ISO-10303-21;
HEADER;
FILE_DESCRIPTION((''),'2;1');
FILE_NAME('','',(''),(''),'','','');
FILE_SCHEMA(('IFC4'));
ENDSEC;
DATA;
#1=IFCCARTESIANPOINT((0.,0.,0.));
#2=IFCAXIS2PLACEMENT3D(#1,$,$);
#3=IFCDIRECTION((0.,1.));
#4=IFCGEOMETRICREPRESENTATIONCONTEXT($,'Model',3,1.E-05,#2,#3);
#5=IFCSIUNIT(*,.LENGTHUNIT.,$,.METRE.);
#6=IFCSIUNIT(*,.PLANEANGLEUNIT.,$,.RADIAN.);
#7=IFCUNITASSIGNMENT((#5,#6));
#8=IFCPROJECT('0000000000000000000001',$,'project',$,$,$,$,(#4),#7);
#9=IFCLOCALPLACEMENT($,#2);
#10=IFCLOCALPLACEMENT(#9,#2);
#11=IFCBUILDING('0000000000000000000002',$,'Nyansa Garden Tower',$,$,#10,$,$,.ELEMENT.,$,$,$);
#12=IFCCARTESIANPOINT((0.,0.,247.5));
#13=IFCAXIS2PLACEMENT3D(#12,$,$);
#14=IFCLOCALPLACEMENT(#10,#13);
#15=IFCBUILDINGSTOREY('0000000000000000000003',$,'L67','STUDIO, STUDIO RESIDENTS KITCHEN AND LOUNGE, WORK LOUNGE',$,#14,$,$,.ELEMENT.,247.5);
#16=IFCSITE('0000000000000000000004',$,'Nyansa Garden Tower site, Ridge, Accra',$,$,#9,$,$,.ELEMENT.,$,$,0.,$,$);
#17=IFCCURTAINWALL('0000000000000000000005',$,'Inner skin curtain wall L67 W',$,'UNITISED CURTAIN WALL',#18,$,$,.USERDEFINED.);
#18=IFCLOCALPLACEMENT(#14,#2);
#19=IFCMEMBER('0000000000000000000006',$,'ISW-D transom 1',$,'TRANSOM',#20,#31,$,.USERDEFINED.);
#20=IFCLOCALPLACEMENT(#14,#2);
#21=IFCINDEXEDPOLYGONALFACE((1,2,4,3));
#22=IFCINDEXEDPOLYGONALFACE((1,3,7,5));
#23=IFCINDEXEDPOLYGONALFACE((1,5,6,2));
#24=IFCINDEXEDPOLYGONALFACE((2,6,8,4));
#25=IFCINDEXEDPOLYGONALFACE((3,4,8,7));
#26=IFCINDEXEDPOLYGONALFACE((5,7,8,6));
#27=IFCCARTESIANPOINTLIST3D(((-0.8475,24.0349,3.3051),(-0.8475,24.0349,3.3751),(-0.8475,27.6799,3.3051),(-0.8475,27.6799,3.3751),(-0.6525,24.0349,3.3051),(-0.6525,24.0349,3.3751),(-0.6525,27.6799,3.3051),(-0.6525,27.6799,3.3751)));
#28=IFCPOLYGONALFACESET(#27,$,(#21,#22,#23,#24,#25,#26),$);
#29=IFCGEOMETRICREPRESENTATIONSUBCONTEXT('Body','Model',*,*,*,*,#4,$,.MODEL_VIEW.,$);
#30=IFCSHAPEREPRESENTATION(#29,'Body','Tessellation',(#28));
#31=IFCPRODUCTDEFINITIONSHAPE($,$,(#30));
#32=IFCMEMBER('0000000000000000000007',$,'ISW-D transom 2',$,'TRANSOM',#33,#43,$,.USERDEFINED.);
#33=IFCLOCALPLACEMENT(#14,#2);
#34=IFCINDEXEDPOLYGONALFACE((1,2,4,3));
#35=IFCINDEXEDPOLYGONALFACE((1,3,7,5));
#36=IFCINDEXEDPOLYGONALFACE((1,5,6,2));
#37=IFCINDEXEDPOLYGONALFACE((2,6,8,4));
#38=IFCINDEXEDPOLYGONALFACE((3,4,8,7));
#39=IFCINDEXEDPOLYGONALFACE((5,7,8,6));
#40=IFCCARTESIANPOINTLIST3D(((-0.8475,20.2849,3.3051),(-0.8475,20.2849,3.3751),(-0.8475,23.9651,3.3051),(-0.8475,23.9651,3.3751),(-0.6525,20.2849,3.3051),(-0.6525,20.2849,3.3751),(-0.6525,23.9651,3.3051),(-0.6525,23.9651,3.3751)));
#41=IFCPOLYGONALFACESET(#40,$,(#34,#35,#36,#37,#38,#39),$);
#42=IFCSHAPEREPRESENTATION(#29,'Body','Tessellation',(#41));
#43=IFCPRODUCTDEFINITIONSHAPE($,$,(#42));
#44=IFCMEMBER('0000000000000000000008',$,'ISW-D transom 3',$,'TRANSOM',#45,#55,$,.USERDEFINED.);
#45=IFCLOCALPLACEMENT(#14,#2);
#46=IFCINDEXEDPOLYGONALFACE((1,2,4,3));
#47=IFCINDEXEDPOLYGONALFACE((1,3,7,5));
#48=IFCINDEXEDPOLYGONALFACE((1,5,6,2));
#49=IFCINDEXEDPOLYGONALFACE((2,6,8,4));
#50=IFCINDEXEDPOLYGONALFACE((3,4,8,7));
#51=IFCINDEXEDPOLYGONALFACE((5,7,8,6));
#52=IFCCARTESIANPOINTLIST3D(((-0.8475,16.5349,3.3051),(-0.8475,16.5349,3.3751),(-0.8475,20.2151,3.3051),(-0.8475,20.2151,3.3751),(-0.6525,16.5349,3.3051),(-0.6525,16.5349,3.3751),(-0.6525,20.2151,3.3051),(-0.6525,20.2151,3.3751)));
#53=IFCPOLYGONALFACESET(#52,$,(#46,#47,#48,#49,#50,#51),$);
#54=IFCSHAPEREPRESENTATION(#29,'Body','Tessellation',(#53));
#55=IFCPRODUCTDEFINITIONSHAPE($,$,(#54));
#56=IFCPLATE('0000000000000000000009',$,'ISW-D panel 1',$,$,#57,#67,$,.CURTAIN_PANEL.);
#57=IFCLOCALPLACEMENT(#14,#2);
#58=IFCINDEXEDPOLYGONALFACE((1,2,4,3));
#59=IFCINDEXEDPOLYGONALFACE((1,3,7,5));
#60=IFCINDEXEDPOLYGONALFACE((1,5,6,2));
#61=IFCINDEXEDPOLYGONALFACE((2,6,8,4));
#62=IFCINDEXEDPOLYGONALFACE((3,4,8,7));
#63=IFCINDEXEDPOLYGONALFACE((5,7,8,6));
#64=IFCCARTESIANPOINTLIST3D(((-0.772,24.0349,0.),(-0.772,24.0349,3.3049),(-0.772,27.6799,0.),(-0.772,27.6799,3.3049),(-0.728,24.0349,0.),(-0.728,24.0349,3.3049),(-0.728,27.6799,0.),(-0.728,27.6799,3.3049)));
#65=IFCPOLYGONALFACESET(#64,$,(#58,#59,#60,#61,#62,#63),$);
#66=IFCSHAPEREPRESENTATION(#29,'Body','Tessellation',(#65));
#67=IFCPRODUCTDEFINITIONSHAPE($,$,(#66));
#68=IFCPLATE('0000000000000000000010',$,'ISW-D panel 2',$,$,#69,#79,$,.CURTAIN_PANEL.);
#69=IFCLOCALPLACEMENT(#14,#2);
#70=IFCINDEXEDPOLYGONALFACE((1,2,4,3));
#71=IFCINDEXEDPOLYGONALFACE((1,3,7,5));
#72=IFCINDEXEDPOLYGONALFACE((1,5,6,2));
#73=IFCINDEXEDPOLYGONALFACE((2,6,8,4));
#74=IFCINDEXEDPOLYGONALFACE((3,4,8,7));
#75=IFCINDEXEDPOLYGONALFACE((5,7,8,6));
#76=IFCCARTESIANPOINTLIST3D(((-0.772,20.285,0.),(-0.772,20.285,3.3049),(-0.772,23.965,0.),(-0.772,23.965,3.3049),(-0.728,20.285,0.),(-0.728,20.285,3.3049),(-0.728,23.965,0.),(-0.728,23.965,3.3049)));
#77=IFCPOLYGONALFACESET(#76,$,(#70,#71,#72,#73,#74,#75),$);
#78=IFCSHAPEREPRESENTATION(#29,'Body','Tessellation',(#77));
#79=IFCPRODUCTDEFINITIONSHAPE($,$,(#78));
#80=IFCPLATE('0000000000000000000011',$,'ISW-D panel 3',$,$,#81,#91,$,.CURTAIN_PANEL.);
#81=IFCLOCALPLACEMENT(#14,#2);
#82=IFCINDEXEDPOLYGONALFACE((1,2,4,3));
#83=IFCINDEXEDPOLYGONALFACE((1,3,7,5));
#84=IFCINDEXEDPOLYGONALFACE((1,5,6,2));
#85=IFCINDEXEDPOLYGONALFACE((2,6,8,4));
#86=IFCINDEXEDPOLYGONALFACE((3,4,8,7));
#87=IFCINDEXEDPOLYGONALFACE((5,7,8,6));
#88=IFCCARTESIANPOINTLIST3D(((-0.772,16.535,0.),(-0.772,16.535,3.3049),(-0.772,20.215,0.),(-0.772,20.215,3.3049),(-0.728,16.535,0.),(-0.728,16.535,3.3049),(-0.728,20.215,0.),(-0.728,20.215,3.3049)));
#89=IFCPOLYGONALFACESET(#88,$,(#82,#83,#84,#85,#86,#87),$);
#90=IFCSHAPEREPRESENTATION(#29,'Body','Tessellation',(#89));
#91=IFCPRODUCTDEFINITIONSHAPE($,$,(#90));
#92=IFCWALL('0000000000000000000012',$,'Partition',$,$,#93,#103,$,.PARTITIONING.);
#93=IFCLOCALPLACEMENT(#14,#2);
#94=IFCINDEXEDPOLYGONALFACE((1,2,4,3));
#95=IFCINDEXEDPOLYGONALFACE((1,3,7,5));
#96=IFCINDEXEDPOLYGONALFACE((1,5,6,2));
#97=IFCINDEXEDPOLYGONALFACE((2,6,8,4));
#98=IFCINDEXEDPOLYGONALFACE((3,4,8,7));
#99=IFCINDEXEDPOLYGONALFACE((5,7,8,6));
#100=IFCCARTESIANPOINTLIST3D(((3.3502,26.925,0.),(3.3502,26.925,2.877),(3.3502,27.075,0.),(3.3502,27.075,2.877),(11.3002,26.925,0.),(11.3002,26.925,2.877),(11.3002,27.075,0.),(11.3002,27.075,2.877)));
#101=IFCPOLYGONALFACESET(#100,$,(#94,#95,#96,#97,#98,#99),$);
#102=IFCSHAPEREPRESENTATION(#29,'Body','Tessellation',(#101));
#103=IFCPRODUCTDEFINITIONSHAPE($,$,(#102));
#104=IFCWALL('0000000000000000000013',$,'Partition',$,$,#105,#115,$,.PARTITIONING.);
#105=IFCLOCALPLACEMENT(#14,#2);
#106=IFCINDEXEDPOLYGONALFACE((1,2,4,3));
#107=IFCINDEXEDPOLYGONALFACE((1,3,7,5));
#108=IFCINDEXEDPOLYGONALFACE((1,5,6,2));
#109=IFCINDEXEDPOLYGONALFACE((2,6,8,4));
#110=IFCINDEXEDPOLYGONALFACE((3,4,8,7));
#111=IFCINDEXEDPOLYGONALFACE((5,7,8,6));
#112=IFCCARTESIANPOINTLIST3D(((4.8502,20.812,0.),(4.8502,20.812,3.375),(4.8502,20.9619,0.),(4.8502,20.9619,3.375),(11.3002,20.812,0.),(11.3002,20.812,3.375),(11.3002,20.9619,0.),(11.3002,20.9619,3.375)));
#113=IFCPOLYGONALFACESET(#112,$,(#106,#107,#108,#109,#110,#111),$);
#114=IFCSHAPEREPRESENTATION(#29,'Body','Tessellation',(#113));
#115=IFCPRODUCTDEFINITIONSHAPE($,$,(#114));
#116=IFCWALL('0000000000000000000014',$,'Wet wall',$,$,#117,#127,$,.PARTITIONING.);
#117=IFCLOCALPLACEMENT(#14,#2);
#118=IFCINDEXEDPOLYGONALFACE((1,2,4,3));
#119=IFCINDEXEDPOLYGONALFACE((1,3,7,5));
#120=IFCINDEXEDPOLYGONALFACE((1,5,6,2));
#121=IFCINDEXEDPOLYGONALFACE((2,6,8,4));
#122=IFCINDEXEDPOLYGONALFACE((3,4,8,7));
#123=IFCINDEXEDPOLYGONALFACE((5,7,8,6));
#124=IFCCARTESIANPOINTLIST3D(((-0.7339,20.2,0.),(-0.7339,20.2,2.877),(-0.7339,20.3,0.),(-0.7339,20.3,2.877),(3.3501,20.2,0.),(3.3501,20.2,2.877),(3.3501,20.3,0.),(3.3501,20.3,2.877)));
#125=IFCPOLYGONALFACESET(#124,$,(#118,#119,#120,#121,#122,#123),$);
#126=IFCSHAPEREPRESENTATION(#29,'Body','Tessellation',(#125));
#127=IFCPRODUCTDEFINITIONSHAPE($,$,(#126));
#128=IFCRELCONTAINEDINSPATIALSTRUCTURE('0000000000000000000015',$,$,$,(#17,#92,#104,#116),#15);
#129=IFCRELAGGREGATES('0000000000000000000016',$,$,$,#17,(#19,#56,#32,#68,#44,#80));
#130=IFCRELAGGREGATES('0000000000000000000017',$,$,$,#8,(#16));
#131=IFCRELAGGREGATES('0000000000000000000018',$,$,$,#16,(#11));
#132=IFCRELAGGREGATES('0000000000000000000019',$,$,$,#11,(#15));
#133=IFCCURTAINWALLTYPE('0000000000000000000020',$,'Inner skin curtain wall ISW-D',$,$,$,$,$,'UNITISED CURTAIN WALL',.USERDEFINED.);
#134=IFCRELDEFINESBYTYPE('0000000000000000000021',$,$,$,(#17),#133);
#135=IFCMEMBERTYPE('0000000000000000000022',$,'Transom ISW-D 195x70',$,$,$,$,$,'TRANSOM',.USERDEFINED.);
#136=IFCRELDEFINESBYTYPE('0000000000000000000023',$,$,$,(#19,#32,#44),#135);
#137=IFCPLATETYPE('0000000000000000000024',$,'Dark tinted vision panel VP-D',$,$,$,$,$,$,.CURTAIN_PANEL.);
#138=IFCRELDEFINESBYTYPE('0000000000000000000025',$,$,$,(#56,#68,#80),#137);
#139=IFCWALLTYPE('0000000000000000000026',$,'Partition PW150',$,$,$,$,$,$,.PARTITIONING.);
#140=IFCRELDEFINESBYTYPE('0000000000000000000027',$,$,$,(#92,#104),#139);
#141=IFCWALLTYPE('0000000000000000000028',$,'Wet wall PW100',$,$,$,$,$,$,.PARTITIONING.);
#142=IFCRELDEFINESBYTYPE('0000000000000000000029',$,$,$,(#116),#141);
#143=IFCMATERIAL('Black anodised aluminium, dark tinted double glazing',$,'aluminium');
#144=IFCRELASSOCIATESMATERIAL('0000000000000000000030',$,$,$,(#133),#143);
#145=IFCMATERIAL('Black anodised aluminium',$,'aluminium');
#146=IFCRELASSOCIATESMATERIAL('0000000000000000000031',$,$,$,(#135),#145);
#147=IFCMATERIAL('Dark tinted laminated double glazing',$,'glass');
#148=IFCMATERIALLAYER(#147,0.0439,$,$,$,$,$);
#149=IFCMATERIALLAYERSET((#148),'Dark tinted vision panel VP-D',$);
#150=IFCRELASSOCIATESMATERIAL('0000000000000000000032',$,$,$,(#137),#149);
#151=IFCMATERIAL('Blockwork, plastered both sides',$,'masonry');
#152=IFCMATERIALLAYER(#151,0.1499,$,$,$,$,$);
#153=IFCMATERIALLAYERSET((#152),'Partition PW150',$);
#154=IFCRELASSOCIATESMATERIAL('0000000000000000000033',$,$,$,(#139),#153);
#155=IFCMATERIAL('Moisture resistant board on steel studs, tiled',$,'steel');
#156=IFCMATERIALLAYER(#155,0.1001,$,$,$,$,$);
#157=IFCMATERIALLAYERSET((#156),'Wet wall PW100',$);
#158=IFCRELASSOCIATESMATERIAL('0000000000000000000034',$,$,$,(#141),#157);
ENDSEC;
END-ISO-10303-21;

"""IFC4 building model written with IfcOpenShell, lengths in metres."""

from ifc_helpers import new_model, si_unit, direction, frame, frame_2d, origin, origin_2d, place, context, subcontext, project, spatial, rectangle, extrude, material, layer, layer_set, material_profile, profile_set, type_object, element, aggregate, save


model = new_model("IFC4")

# Units and contexts
model_context = context("Model", 3, precision=1e-05, world=origin(), true_north=direction((0.0, 1.0)))
body_context = subcontext(model_context, "Body", "Model", "MODEL_VIEW")
ifc_project = project(units=[si_unit("LENGTHUNIT", "METRE"), si_unit("PLANEANGLEUNIT", "RADIAN")], contexts=[model_context])

# Site, building, storey
site_placement = place(None, origin())
site = spatial("IfcSite", under=ifc_project, at=site_placement, Name="Nyansa Garden Tower site, Ridge, Accra", CompositionType="ELEMENT", RefElevation=0.0)
building_placement = place(site_placement, origin())
building = spatial("IfcBuilding", under=site, at=building_placement, Name="Nyansa Garden Tower", CompositionType="ELEMENT")
storey_placement = place(building_placement, frame((0.0, 0.0, 247.5)))
storey = spatial("IfcBuildingStorey", under=building, at=storey_placement, Name="L67", Description="STUDIO, STUDIO RESIDENTS KITCHEN AND LOUNGE, WORK LOUNGE", CompositionType="ELEMENT", Elevation=247.5)

# Curtain wall
ifc_material_1 = material(Name="Black anodised aluminium, dark tinted double glazing", Category="aluminium")
curtain_wall_type = type_object("IfcCurtainWallType", Name="Inner skin curtain wall ISW-D", ElementType="UNITISED CURTAIN WALL", PredefinedType="USERDEFINED", material=ifc_material_1)
curtain_wall_placement = place(storey_placement, origin())
curtain_wall = element("IfcCurtainWall", 1, at=curtain_wall_placement, inside=storey, type_object=curtain_wall_type, Name="Inner skin curtain wall L67 W", ObjectType="UNITISED CURTAIN WALL", PredefinedType="USERDEFINED")

# Members
ifc_material_2 = material(Name="Black anodised aluminium", Category="aluminium")
ifc_material_profile_1 = material_profile(ifc_material_2, rectangle(XDim=0.1951, YDim=0.0701, at=origin_2d()), Name="Transom 195x70")
ifc_profile_set_1 = profile_set([ifc_material_profile_1], Name="Black anodised aluminium")
member_type_1 = type_object("IfcMemberType", Name="Transom ISW-D 195x70", ElementType="TRANSOM", PredefinedType="USERDEFINED", material=ifc_profile_set_1)
member_1_placement = place(storey_placement, frame((-0.75, 27.6799, 3.3401), z_axis=(0.0, -1.0, 0.0), x_axis=(1.0, 0.0, 0.0)))
member_1 = element("IfcMember", 2, at=member_1_placement, type_object=member_type_1, Name="ISW-D transom 1", ObjectType="TRANSOM", PredefinedType="USERDEFINED", context=body_context, shape_type="SweptSolid", body=[
    extrude(rectangle(XDim=0.1951, YDim=0.0701, at=origin_2d()), origin(), (0.0, 0.0, 1.0), 3.645),
])
member_2_placement = place(storey_placement, frame((-0.75, 23.9651, 3.3401), z_axis=(0.0, -1.0, 0.0), x_axis=(1.0, 0.0, 0.0)))
member_2 = element("IfcMember", 3, at=member_2_placement, type_object=member_type_1, Name="ISW-D transom 2", ObjectType="TRANSOM", PredefinedType="USERDEFINED", context=body_context, shape_type="SweptSolid", body=[
    extrude(rectangle(XDim=0.1951, YDim=0.0701, at=origin_2d()), origin(), (0.0, 0.0, 1.0), 3.6802),
])
member_3_placement = place(storey_placement, frame((-0.75, 20.2151, 3.3401), z_axis=(0.0, -1.0, 0.0), x_axis=(1.0, 0.0, 0.0)))
member_3 = element("IfcMember", 4, at=member_3_placement, type_object=member_type_1, Name="ISW-D transom 3", ObjectType="TRANSOM", PredefinedType="USERDEFINED", context=body_context, shape_type="SweptSolid", body=[
    extrude(rectangle(XDim=0.1951, YDim=0.0701, at=origin_2d()), origin(), (0.0, 0.0, 1.0), 3.6802),
])

# Plates
ifc_material_3 = material(Name="Dark tinted laminated double glazing", Category="glass")
ifc_layer_1 = layer(ifc_material_3, 0.0439)
ifc_layer_set_1 = layer_set([ifc_layer_1], Name="Dark tinted vision panel VP-D")
plate_type = type_object("IfcPlateType", Name="Dark tinted vision panel VP-D", PredefinedType="CURTAIN_PANEL", material=ifc_layer_set_1)
plate_1_placement = place(storey_placement, frame((-0.75, 25.8574, 0.0), z_axis=(0.0, 0.0, 1.0), x_axis=(0.0, -1.0, 0.0)))
plate_1 = element("IfcPlate", 5, at=plate_1_placement, type_object=plate_type, Name="ISW-D panel 1", PredefinedType="CURTAIN_PANEL", context=body_context, shape_type="SweptSolid", body=[
    extrude(rectangle(XDim=3.645, YDim=0.0439, at=origin_2d()), origin(), (0.0, 0.0, 1.0), 3.3049),
])
plate_2_placement = place(storey_placement, frame((-0.75, 22.125, 0.0), z_axis=(0.0, 0.0, 1.0), x_axis=(0.0, -1.0, 0.0)))
plate_2 = element("IfcPlate", 6, at=plate_2_placement, type_object=plate_type, Name="ISW-D panel 2", PredefinedType="CURTAIN_PANEL", context=body_context, shape_type="SweptSolid", body=[
    extrude(rectangle(XDim=3.6799, YDim=0.0439, at=origin_2d()), origin(), (0.0, 0.0, 1.0), 3.3049),
])
plate_3_placement = place(storey_placement, frame((-0.75, 18.375, 0.0), z_axis=(0.0, 0.0, 1.0), x_axis=(0.0, -1.0, 0.0)))
plate_3 = element("IfcPlate", 7, at=plate_3_placement, type_object=plate_type, Name="ISW-D panel 3", PredefinedType="CURTAIN_PANEL", context=body_context, shape_type="SweptSolid", body=[
    extrude(rectangle(XDim=3.6799, YDim=0.0439, at=origin_2d()), origin(), (0.0, 0.0, 1.0), 3.3049),
])
aggregate(curtain_wall, [member_1, plate_1, member_2, plate_2, member_3, plate_3])

# Walls
ifc_material_4 = material(Name="Blockwork, plastered both sides", Category="masonry")
ifc_layer_2 = layer(ifc_material_4, 0.1499)
ifc_layer_set_2 = layer_set([ifc_layer_2], Name="Partition PW150")
wall_type_1 = type_object("IfcWallType", Name="Partition PW150", PredefinedType="PARTITIONING", material=ifc_layer_set_2)
wall_1_placement = place(storey_placement, frame((3.3501, 27.0, 0.0), z_axis=(0.0, 0.0, 1.0), x_axis=(1.0, 0.0, 0.0)))
element("IfcWall", 8, at=wall_1_placement, inside=storey, type_object=wall_type_1, Name="Partition", PredefinedType="PARTITIONING", context=body_context, shape_type="SweptSolid", body=[
    extrude(rectangle(XDim=7.95, YDim=0.1499, at=frame_2d((3.9751, 0.0))), origin(), (0.0, 0.0, 1.0), 2.877),
])
wall_2_placement = place(storey_placement, frame((4.8501, 20.887, 0.0), z_axis=(0.0, 0.0, 1.0), x_axis=(1.0, 0.0, 0.0)))
element("IfcWall", 9, at=wall_2_placement, inside=storey, type_object=wall_type_1, Name="Partition", PredefinedType="PARTITIONING", context=body_context, shape_type="SweptSolid", body=[
    extrude(rectangle(XDim=6.45, YDim=0.1499, at=frame_2d((3.2251, 0.0))), origin(), (0.0, 0.0, 1.0), 3.375),
])
ifc_material_5 = material(Name="Moisture resistant board on steel studs, tiled", Category="steel")
ifc_layer_3 = layer(ifc_material_5, 0.1001)
ifc_layer_set_3 = layer_set([ifc_layer_3], Name="Wet wall PW100")
wall_type_2 = type_object("IfcWallType", Name="Wet wall PW100", PredefinedType="PARTITIONING", material=ifc_layer_set_3)
wall_3_placement = place(storey_placement, frame((-0.7339, 20.25, 0.0), z_axis=(0.0, 0.0, 1.0), x_axis=(1.0, 0.0, 0.0)))
element("IfcWall", 10, at=wall_3_placement, inside=storey, type_object=wall_type_2, Name="Wet wall", PredefinedType="PARTITIONING", context=body_context, shape_type="SweptSolid", body=[
    extrude(rectangle(XDim=4.084, YDim=0.1001, at=frame_2d((2.042, 0.0))), origin(), (0.0, 0.0, 1.0), 2.877),
])

save(model, "model.ifc")
